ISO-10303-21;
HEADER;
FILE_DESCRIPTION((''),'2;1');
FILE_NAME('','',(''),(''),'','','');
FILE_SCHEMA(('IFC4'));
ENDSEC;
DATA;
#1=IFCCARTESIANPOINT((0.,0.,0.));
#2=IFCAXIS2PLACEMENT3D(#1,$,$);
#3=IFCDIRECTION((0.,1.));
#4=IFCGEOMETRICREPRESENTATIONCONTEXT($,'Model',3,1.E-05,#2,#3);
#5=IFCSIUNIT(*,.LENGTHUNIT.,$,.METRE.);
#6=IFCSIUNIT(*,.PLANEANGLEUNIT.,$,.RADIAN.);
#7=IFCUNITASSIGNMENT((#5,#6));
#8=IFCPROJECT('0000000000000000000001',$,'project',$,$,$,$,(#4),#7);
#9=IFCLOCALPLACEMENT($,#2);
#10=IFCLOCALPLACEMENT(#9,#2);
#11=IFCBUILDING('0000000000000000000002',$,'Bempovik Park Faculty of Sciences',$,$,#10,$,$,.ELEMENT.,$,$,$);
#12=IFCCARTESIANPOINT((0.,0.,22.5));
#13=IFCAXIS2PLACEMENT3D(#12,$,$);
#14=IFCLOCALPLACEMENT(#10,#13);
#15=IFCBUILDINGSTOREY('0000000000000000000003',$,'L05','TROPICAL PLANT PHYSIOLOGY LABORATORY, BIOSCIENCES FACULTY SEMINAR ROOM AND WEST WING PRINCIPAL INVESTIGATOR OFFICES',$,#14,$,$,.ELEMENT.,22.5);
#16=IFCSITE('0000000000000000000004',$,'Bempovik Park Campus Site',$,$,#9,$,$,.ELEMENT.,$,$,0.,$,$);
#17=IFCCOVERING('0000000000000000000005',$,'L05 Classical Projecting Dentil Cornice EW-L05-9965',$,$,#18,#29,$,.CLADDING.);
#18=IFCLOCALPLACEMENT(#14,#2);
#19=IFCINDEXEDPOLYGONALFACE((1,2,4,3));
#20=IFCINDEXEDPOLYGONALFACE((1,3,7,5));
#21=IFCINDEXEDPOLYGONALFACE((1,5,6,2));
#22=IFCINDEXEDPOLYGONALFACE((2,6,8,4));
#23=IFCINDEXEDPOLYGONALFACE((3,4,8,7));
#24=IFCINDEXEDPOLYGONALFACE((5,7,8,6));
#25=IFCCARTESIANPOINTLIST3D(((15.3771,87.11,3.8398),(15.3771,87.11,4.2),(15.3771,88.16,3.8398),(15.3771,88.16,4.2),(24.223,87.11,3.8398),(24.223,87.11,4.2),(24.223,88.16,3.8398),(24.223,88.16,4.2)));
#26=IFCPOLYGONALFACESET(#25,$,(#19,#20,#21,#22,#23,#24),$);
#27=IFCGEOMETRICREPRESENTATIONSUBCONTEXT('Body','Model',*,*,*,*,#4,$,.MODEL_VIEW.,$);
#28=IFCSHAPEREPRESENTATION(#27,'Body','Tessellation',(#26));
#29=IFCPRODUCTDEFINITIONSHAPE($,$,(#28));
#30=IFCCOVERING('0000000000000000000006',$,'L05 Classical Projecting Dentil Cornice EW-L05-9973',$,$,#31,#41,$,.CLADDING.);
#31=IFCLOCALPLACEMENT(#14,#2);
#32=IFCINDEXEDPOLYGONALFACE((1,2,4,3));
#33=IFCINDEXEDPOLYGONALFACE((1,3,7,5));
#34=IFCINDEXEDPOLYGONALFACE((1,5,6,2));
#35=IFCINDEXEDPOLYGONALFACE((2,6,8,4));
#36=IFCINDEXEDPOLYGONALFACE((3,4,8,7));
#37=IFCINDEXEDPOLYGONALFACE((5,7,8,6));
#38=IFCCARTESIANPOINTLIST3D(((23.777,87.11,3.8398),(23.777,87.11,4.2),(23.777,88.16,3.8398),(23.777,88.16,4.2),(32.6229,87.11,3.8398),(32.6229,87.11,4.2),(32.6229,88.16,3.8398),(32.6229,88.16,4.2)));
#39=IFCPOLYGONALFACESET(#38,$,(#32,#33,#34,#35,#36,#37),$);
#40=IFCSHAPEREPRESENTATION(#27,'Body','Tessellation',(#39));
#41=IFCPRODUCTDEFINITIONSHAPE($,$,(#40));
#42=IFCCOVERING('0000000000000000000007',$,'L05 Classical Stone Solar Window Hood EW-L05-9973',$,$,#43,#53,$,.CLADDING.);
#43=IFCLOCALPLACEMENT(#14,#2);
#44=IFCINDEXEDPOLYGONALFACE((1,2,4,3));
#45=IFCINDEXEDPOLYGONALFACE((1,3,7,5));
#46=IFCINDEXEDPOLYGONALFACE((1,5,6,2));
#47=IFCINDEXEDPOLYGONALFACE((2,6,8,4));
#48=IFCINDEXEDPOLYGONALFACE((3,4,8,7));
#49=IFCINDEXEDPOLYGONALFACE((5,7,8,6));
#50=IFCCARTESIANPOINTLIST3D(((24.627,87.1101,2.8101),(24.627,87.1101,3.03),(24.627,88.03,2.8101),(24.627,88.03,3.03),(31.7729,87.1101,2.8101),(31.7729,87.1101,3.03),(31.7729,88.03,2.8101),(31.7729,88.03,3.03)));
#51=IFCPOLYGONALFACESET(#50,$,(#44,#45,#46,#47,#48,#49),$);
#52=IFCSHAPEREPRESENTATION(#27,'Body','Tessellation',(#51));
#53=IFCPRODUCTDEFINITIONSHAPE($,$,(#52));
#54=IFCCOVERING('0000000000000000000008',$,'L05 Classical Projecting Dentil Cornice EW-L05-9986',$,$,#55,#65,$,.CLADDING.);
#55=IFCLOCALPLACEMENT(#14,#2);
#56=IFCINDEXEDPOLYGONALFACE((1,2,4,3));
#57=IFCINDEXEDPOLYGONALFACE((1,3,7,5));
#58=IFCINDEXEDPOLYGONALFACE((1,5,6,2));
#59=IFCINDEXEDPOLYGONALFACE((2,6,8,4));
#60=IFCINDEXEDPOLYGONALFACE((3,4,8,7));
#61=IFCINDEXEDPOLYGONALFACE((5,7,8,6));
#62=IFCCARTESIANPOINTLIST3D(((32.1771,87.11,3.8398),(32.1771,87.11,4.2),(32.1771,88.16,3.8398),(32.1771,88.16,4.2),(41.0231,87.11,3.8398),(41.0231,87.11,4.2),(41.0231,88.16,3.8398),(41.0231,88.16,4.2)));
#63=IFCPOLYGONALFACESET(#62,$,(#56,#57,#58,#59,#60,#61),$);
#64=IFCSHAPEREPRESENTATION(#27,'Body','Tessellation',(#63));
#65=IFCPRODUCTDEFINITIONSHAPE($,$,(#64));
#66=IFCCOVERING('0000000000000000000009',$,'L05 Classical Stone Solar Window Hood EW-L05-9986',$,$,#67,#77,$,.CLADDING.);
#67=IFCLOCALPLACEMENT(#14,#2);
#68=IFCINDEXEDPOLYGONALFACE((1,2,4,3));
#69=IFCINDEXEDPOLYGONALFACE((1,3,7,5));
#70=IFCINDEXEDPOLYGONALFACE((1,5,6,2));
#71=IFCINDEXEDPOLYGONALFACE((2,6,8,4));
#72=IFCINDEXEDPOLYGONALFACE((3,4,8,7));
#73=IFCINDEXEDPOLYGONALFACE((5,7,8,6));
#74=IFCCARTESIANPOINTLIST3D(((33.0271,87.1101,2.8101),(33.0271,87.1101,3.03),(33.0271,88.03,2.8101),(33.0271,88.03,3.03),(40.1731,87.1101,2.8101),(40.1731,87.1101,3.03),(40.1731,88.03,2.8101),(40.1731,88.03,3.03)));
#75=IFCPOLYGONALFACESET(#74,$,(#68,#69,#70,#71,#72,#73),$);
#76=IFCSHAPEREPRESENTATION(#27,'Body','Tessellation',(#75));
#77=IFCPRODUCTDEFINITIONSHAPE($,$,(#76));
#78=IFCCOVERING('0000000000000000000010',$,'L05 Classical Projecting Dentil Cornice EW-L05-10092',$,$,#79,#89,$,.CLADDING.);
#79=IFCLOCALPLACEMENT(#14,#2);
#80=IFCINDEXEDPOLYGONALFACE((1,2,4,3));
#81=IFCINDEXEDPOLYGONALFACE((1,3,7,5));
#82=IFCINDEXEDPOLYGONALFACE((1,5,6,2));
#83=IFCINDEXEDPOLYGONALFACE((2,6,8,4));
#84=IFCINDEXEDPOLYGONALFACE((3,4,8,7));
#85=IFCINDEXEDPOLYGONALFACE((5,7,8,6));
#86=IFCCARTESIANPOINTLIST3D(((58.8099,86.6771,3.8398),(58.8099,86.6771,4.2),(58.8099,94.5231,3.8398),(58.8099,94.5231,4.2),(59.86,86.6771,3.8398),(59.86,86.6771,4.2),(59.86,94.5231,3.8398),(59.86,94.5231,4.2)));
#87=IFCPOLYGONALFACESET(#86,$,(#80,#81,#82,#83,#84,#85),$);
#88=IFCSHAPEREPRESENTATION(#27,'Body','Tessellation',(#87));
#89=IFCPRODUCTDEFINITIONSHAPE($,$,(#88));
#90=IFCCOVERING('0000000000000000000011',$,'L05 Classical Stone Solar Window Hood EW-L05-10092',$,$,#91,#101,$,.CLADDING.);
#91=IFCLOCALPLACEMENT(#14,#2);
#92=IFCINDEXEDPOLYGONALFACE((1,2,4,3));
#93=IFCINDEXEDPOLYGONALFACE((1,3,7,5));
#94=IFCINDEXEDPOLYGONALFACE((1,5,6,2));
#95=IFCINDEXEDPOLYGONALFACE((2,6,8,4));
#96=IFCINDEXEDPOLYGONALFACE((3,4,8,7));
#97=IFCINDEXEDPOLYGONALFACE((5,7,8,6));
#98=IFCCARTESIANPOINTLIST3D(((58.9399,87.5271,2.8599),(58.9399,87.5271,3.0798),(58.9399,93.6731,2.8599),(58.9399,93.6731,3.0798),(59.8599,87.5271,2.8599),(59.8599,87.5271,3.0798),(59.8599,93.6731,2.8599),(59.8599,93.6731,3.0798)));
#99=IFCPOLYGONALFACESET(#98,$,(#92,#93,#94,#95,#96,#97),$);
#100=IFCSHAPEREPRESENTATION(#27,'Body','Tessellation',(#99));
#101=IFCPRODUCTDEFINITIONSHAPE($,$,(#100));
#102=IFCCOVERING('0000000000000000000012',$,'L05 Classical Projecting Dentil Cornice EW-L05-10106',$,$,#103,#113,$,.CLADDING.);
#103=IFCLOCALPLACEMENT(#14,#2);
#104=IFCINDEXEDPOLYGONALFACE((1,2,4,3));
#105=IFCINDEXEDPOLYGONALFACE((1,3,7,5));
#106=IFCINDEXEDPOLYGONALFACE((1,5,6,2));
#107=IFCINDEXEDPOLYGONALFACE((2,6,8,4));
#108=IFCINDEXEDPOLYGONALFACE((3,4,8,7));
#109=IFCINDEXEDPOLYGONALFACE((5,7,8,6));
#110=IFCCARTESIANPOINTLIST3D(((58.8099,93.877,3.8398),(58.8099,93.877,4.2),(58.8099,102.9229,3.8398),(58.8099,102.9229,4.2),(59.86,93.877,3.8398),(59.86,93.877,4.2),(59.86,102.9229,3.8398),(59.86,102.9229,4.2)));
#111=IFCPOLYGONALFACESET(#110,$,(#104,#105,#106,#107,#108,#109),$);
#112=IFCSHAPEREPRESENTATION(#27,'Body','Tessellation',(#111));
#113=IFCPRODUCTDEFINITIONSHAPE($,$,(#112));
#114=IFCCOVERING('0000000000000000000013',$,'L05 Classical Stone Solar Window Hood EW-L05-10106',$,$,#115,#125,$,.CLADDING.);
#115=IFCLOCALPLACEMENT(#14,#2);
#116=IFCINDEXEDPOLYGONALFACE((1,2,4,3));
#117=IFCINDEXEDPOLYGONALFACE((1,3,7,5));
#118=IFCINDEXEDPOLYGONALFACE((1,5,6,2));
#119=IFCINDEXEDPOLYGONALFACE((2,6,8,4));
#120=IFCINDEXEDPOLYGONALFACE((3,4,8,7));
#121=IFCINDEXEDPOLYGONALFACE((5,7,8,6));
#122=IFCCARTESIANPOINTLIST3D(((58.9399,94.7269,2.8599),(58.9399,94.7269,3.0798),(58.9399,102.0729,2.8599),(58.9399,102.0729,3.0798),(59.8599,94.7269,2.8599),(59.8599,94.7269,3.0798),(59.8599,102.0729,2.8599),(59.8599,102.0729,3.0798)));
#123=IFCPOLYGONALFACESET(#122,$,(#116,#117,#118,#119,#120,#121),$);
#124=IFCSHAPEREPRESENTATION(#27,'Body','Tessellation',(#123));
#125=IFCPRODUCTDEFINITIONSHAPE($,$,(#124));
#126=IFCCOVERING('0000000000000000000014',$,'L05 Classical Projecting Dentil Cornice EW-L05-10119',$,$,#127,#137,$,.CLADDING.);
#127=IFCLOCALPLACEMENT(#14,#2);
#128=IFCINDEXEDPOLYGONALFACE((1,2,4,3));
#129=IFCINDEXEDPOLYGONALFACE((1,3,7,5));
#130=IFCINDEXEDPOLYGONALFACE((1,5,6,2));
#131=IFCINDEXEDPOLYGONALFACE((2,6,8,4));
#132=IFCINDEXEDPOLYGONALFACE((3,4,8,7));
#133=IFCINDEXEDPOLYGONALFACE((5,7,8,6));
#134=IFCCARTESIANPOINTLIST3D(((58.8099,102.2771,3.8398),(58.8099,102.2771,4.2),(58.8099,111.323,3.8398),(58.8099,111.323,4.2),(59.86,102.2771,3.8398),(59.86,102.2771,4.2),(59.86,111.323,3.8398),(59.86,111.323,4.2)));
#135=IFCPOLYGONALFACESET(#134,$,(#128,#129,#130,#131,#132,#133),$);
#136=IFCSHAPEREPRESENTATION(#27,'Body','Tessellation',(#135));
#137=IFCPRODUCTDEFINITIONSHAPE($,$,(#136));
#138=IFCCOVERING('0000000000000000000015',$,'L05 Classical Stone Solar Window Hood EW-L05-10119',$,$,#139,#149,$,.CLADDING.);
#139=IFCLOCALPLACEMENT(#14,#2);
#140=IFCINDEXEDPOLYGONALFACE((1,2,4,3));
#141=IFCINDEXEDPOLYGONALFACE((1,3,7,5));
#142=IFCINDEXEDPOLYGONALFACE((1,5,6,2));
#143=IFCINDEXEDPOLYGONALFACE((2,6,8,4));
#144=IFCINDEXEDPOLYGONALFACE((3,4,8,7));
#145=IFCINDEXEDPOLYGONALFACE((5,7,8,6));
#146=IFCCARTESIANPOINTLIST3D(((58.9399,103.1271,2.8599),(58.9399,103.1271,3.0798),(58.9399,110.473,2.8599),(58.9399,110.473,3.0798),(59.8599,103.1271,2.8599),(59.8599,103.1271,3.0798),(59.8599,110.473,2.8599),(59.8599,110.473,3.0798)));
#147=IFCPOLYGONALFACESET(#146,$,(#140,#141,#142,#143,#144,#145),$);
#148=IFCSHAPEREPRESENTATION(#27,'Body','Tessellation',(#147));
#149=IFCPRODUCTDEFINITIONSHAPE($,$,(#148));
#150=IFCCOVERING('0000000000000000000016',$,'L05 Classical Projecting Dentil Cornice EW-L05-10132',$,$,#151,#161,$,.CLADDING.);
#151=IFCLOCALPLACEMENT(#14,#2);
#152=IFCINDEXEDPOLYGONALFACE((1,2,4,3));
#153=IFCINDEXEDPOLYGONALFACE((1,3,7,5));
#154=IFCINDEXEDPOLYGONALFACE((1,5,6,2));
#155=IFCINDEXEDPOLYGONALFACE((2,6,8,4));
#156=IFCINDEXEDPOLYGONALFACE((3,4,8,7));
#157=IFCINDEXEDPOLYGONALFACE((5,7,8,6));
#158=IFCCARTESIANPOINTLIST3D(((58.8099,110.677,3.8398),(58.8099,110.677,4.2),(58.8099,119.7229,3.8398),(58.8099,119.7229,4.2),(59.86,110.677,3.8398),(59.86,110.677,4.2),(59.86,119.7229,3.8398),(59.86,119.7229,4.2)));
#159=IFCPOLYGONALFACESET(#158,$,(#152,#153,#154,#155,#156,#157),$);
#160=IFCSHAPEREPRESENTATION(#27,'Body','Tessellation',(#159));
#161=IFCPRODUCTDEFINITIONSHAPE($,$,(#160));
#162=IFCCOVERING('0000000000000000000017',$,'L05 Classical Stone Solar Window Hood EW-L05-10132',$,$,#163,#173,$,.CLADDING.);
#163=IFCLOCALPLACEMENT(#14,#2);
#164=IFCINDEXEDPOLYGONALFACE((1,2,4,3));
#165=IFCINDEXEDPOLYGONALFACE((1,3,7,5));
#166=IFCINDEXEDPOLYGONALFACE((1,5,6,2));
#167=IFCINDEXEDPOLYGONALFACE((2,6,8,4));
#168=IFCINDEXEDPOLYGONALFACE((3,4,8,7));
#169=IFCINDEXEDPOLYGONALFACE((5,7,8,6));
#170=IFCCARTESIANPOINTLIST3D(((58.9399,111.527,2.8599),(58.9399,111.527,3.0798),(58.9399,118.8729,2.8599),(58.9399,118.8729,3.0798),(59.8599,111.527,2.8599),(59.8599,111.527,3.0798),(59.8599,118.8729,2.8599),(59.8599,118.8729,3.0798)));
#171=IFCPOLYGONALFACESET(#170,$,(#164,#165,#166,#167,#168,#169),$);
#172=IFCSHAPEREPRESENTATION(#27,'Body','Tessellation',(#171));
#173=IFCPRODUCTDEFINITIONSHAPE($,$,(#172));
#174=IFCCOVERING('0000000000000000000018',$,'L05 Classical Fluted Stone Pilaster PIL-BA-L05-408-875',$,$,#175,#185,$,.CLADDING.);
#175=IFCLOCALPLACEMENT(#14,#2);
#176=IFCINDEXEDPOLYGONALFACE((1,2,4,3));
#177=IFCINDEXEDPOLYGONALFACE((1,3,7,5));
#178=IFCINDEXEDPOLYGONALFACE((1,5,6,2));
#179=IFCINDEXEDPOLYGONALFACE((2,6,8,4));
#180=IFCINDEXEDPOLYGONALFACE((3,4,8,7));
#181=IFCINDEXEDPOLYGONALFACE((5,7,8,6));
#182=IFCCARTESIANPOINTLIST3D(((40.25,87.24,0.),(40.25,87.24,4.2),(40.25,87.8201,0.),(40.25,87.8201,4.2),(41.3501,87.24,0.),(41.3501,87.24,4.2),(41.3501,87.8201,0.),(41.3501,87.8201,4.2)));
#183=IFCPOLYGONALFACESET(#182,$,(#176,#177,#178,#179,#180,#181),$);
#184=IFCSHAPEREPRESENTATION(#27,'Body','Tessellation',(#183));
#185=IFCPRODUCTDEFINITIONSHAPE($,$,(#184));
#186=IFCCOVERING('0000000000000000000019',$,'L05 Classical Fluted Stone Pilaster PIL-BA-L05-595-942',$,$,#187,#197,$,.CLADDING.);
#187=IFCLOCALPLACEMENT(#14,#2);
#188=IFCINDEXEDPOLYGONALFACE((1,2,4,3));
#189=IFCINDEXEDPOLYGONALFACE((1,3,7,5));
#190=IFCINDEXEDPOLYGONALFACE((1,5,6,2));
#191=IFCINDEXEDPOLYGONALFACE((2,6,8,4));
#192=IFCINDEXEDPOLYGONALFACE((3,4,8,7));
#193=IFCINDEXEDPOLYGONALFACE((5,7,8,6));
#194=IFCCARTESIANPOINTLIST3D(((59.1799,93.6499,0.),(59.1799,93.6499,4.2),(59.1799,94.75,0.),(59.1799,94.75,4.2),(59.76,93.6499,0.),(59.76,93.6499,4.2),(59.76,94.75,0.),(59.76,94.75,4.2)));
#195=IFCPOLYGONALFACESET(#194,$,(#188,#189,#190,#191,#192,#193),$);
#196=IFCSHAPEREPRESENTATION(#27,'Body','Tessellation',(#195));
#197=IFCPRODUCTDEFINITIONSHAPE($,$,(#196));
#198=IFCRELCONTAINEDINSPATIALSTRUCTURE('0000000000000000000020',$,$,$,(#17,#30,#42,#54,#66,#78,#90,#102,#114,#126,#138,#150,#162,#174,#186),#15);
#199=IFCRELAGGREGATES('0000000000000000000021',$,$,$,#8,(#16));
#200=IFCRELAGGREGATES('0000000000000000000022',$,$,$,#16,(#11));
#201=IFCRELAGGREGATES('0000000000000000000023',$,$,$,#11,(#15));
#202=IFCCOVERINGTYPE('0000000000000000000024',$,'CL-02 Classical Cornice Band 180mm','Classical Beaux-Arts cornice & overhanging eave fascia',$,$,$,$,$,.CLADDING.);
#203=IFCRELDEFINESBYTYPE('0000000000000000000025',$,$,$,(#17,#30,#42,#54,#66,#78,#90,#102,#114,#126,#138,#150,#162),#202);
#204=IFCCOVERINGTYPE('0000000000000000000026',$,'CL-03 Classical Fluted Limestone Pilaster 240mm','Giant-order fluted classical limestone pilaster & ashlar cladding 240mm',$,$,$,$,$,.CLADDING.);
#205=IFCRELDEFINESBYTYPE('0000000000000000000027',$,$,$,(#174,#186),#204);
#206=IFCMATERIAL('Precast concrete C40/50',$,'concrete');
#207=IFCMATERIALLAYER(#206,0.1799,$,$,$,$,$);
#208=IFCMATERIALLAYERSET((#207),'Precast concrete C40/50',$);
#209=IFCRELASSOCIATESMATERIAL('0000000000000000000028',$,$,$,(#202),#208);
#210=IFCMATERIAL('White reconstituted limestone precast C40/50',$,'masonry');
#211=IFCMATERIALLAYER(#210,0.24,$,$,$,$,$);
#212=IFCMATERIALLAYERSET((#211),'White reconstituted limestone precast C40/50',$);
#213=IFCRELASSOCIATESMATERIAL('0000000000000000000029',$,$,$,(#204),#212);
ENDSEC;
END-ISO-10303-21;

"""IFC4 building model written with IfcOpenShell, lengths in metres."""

from ifc_helpers import new_model, si_unit, direction, frame, origin, origin_2d, place, context, subcontext, project, spatial, rectangle, extrude, material, layer, layer_set, type_object, element, save


model = new_model("IFC4")

# Units and contexts
model_context = context("Model", 3, precision=1e-05, world=origin(), true_north=direction((0.0, 1.0)))
body_context = subcontext(model_context, "Body", "Model", "MODEL_VIEW")
ifc_project = project(units=[si_unit("LENGTHUNIT", "METRE"), si_unit("PLANEANGLEUNIT", "RADIAN")], contexts=[model_context])

# Site, building, storey
site_placement = place(None, origin())
site = spatial("IfcSite", under=ifc_project, at=site_placement, Name="Bempovik Park Campus Site", CompositionType="ELEMENT", RefElevation=0.0)
building_placement = place(site_placement, origin())
building = spatial("IfcBuilding", under=site, at=building_placement, Name="Bempovik Park Faculty of Sciences", CompositionType="ELEMENT")
storey_placement = place(building_placement, frame((0.0, 0.0, 22.5)))
storey = spatial("IfcBuildingStorey", under=building, at=storey_placement, Name="L05", Description="TROPICAL PLANT PHYSIOLOGY LABORATORY, BIOSCIENCES FACULTY SEMINAR ROOM AND WEST WING PRINCIPAL INVESTIGATOR OFFICES", CompositionType="ELEMENT", Elevation=22.5)

# Coverings
ifc_material_1 = material(Name="Precast concrete C40/50", Category="concrete")
ifc_layer_1 = layer(ifc_material_1, 0.1799)
ifc_layer_set_1 = layer_set([ifc_layer_1], Name="Precast concrete C40/50")
covering_type_1 = type_object("IfcCoveringType", Name="CL-02 Classical Cornice Band 180mm", Description="Classical Beaux-Arts cornice & overhanging eave fascia", PredefinedType="CLADDING", material=ifc_layer_set_1)
for number, where, z_axis, x_axis, name in (
    (1, (19.8, 87.635, 3.8398), (0.0, 0.0, 1.0), (1.0, 0.0, 0.0), "L05 Classical Projecting Dentil Cornice EW-L05-9965"),
    (2, (28.2, 87.635, 3.8398), (0.0, 0.0, 1.0), (1.0, 0.0, 0.0), "L05 Classical Projecting Dentil Cornice EW-L05-9973"),
):
    element("IfcCovering", number, at=place(storey_placement, frame(where, z_axis=z_axis, x_axis=x_axis)), inside=storey, type_object=covering_type_1, Name=name, PredefinedType="CLADDING", context=body_context, shape_type="SweptSolid", body=[
        extrude(rectangle(XDim=8.8459, YDim=1.05, at=origin_2d()), origin(), (0.0, 0.0, 1.0), 0.3601),
    ])
covering_1_placement = place(storey_placement, frame((28.2, 87.5701, 2.8101), z_axis=(0.0, 0.0, 1.0), x_axis=(1.0, 0.0, 0.0)))
element("IfcCovering", 3, at=covering_1_placement, inside=storey, type_object=covering_type_1, Name="L05 Classical Stone Solar Window Hood EW-L05-9973", PredefinedType="CLADDING", context=body_context, shape_type="SweptSolid", body=[
    extrude(rectangle(XDim=7.146, YDim=0.9199, at=origin_2d()), origin(), (0.0, 0.0, 1.0), 0.22),
])
covering_2_placement = place(storey_placement, frame((36.6001, 87.635, 3.8398), z_axis=(0.0, 0.0, 1.0), x_axis=(1.0, 0.0, 0.0)))
element("IfcCovering", 4, at=covering_2_placement, inside=storey, type_object=covering_type_1, Name="L05 Classical Projecting Dentil Cornice EW-L05-9986", PredefinedType="CLADDING", context=body_context, shape_type="SweptSolid", body=[
    extrude(rectangle(XDim=8.8459, YDim=1.05, at=origin_2d()), origin(), (0.0, 0.0, 1.0), 0.3601),
])
covering_3_placement = place(storey_placement, frame((36.6001, 87.5701, 2.8101), z_axis=(0.0, 0.0, 1.0), x_axis=(1.0, 0.0, 0.0)))
element("IfcCovering", 5, at=covering_3_placement, inside=storey, type_object=covering_type_1, Name="L05 Classical Stone Solar Window Hood EW-L05-9986", PredefinedType="CLADDING", context=body_context, shape_type="SweptSolid", body=[
    extrude(rectangle(XDim=7.146, YDim=0.9199, at=origin_2d()), origin(), (0.0, 0.0, 1.0), 0.22),
])
covering_4_placement = place(storey_placement, frame((59.335, 90.6001, 3.8398), z_axis=(0.0, 0.0, 1.0), x_axis=(1.0, 0.0, 0.0)))
element("IfcCovering", 6, at=covering_4_placement, inside=storey, type_object=covering_type_1, Name="L05 Classical Projecting Dentil Cornice EW-L05-10092", PredefinedType="CLADDING", context=body_context, shape_type="SweptSolid", body=[
    extrude(rectangle(XDim=1.05, YDim=7.8459, at=origin_2d()), origin(), (0.0, 0.0, 1.0), 0.3601),
])
covering_5_placement = place(storey_placement, frame((59.3999, 90.6001, 2.8599), z_axis=(0.0, 0.0, 1.0), x_axis=(1.0, 0.0, 0.0)))
element("IfcCovering", 7, at=covering_5_placement, inside=storey, type_object=covering_type_1, Name="L05 Classical Stone Solar Window Hood EW-L05-10092", PredefinedType="CLADDING", context=body_context, shape_type="SweptSolid", body=[
    extrude(rectangle(XDim=0.9199, YDim=6.146, at=origin_2d()), origin(), (0.0, 0.0, 1.0), 0.22),
])
covering_6_placement = place(storey_placement, frame((59.335, 98.3999, 3.8398), z_axis=(0.0, 0.0, 1.0), x_axis=(1.0, 0.0, 0.0)))
element("IfcCovering", 8, at=covering_6_placement, inside=storey, type_object=covering_type_1, Name="L05 Classical Projecting Dentil Cornice EW-L05-10106", PredefinedType="CLADDING", context=body_context, shape_type="SweptSolid", body=[
    extrude(rectangle(XDim=1.05, YDim=9.0459, at=origin_2d()), origin(), (0.0, 0.0, 1.0), 0.3601),
])
covering_7_placement = place(storey_placement, frame((59.3999, 98.3999, 2.8599), z_axis=(0.0, 0.0, 1.0), x_axis=(1.0, 0.0, 0.0)))
element("IfcCovering", 9, at=covering_7_placement, inside=storey, type_object=covering_type_1, Name="L05 Classical Stone Solar Window Hood EW-L05-10106", PredefinedType="CLADDING", context=body_context, shape_type="SweptSolid", body=[
    extrude(rectangle(XDim=0.9199, YDim=7.3459, at=origin_2d()), origin(), (0.0, 0.0, 1.0), 0.22),
])
covering_8_placement = place(storey_placement, frame((59.335, 106.8, 3.8398), z_axis=(0.0, 0.0, 1.0), x_axis=(1.0, 0.0, 0.0)))
element("IfcCovering", 10, at=covering_8_placement, inside=storey, type_object=covering_type_1, Name="L05 Classical Projecting Dentil Cornice EW-L05-10119", PredefinedType="CLADDING", context=body_context, shape_type="SweptSolid", body=[
    extrude(rectangle(XDim=1.05, YDim=9.0459, at=origin_2d()), origin(), (0.0, 0.0, 1.0), 0.3601),
])
covering_9_placement = place(storey_placement, frame((59.3999, 106.8, 2.8599), z_axis=(0.0, 0.0, 1.0), x_axis=(1.0, 0.0, 0.0)))
element("IfcCovering", 11, at=covering_9_placement, inside=storey, type_object=covering_type_1, Name="L05 Classical Stone Solar Window Hood EW-L05-10119", PredefinedType="CLADDING", context=body_context, shape_type="SweptSolid", body=[
    extrude(rectangle(XDim=0.9199, YDim=7.3459, at=origin_2d()), origin(), (0.0, 0.0, 1.0), 0.22),
])
covering_10_placement = place(storey_placement, frame((59.335, 115.2, 3.8398), z_axis=(0.0, 0.0, 1.0), x_axis=(1.0, 0.0, 0.0)))
element("IfcCovering", 12, at=covering_10_placement, inside=storey, type_object=covering_type_1, Name="L05 Classical Projecting Dentil Cornice EW-L05-10132", PredefinedType="CLADDING", context=body_context, shape_type="SweptSolid", body=[
    extrude(rectangle(XDim=1.05, YDim=9.0459, at=origin_2d()), origin(), (0.0, 0.0, 1.0), 0.3601),
])
covering_11_placement = place(storey_placement, frame((59.3999, 115.2, 2.8599), z_axis=(0.0, 0.0, 1.0), x_axis=(1.0, 0.0, 0.0)))
element("IfcCovering", 13, at=covering_11_placement, inside=storey, type_object=covering_type_1, Name="L05 Classical Stone Solar Window Hood EW-L05-10132", PredefinedType="CLADDING", context=body_context, shape_type="SweptSolid", body=[
    extrude(rectangle(XDim=0.9199, YDim=7.3459, at=origin_2d()), origin(), (0.0, 0.0, 1.0), 0.22),
])
ifc_material_2 = material(Name="White reconstituted limestone precast C40/50", Category="masonry")
ifc_layer_2 = layer(ifc_material_2, 0.24)
ifc_layer_set_2 = layer_set([ifc_layer_2], Name="White reconstituted limestone precast C40/50")
covering_type_2 = type_object("IfcCoveringType", Name="CL-03 Classical Fluted Limestone Pilaster 240mm", Description="Giant-order fluted classical limestone pilaster & ashlar cladding 240mm", PredefinedType="CLADDING", material=ifc_layer_set_2)
covering_12_placement = place(storey_placement, frame((40.8, 87.53, 0.0), z_axis=(0.0, 0.0, 1.0), x_axis=(1.0, 0.0, 0.0)))
element("IfcCovering", 14, at=covering_12_placement, inside=storey, type_object=covering_type_2, Name="L05 Classical Fluted Stone Pilaster PIL-BA-L05-408-875", PredefinedType="CLADDING", context=body_context, shape_type="SweptSolid", body=[
    extrude(rectangle(XDim=1.1001, YDim=0.5801, at=origin_2d()), origin(), (0.0, 0.0, 1.0), 4.2),
])
covering_13_placement = place(storey_placement, frame((59.47, 94.2, 0.0), z_axis=(0.0, 0.0, 1.0), x_axis=(1.0, 0.0, 0.0)))
element("IfcCovering", 15, at=covering_13_placement, inside=storey, type_object=covering_type_2, Name="L05 Classical Fluted Stone Pilaster PIL-BA-L05-595-942", PredefinedType="CLADDING", context=body_context, shape_type="SweptSolid", body=[
    extrude(rectangle(XDim=0.5801, YDim=1.1001, at=origin_2d()), origin(), (0.0, 0.0, 1.0), 4.2),
])

save(model, "model.ifc")
